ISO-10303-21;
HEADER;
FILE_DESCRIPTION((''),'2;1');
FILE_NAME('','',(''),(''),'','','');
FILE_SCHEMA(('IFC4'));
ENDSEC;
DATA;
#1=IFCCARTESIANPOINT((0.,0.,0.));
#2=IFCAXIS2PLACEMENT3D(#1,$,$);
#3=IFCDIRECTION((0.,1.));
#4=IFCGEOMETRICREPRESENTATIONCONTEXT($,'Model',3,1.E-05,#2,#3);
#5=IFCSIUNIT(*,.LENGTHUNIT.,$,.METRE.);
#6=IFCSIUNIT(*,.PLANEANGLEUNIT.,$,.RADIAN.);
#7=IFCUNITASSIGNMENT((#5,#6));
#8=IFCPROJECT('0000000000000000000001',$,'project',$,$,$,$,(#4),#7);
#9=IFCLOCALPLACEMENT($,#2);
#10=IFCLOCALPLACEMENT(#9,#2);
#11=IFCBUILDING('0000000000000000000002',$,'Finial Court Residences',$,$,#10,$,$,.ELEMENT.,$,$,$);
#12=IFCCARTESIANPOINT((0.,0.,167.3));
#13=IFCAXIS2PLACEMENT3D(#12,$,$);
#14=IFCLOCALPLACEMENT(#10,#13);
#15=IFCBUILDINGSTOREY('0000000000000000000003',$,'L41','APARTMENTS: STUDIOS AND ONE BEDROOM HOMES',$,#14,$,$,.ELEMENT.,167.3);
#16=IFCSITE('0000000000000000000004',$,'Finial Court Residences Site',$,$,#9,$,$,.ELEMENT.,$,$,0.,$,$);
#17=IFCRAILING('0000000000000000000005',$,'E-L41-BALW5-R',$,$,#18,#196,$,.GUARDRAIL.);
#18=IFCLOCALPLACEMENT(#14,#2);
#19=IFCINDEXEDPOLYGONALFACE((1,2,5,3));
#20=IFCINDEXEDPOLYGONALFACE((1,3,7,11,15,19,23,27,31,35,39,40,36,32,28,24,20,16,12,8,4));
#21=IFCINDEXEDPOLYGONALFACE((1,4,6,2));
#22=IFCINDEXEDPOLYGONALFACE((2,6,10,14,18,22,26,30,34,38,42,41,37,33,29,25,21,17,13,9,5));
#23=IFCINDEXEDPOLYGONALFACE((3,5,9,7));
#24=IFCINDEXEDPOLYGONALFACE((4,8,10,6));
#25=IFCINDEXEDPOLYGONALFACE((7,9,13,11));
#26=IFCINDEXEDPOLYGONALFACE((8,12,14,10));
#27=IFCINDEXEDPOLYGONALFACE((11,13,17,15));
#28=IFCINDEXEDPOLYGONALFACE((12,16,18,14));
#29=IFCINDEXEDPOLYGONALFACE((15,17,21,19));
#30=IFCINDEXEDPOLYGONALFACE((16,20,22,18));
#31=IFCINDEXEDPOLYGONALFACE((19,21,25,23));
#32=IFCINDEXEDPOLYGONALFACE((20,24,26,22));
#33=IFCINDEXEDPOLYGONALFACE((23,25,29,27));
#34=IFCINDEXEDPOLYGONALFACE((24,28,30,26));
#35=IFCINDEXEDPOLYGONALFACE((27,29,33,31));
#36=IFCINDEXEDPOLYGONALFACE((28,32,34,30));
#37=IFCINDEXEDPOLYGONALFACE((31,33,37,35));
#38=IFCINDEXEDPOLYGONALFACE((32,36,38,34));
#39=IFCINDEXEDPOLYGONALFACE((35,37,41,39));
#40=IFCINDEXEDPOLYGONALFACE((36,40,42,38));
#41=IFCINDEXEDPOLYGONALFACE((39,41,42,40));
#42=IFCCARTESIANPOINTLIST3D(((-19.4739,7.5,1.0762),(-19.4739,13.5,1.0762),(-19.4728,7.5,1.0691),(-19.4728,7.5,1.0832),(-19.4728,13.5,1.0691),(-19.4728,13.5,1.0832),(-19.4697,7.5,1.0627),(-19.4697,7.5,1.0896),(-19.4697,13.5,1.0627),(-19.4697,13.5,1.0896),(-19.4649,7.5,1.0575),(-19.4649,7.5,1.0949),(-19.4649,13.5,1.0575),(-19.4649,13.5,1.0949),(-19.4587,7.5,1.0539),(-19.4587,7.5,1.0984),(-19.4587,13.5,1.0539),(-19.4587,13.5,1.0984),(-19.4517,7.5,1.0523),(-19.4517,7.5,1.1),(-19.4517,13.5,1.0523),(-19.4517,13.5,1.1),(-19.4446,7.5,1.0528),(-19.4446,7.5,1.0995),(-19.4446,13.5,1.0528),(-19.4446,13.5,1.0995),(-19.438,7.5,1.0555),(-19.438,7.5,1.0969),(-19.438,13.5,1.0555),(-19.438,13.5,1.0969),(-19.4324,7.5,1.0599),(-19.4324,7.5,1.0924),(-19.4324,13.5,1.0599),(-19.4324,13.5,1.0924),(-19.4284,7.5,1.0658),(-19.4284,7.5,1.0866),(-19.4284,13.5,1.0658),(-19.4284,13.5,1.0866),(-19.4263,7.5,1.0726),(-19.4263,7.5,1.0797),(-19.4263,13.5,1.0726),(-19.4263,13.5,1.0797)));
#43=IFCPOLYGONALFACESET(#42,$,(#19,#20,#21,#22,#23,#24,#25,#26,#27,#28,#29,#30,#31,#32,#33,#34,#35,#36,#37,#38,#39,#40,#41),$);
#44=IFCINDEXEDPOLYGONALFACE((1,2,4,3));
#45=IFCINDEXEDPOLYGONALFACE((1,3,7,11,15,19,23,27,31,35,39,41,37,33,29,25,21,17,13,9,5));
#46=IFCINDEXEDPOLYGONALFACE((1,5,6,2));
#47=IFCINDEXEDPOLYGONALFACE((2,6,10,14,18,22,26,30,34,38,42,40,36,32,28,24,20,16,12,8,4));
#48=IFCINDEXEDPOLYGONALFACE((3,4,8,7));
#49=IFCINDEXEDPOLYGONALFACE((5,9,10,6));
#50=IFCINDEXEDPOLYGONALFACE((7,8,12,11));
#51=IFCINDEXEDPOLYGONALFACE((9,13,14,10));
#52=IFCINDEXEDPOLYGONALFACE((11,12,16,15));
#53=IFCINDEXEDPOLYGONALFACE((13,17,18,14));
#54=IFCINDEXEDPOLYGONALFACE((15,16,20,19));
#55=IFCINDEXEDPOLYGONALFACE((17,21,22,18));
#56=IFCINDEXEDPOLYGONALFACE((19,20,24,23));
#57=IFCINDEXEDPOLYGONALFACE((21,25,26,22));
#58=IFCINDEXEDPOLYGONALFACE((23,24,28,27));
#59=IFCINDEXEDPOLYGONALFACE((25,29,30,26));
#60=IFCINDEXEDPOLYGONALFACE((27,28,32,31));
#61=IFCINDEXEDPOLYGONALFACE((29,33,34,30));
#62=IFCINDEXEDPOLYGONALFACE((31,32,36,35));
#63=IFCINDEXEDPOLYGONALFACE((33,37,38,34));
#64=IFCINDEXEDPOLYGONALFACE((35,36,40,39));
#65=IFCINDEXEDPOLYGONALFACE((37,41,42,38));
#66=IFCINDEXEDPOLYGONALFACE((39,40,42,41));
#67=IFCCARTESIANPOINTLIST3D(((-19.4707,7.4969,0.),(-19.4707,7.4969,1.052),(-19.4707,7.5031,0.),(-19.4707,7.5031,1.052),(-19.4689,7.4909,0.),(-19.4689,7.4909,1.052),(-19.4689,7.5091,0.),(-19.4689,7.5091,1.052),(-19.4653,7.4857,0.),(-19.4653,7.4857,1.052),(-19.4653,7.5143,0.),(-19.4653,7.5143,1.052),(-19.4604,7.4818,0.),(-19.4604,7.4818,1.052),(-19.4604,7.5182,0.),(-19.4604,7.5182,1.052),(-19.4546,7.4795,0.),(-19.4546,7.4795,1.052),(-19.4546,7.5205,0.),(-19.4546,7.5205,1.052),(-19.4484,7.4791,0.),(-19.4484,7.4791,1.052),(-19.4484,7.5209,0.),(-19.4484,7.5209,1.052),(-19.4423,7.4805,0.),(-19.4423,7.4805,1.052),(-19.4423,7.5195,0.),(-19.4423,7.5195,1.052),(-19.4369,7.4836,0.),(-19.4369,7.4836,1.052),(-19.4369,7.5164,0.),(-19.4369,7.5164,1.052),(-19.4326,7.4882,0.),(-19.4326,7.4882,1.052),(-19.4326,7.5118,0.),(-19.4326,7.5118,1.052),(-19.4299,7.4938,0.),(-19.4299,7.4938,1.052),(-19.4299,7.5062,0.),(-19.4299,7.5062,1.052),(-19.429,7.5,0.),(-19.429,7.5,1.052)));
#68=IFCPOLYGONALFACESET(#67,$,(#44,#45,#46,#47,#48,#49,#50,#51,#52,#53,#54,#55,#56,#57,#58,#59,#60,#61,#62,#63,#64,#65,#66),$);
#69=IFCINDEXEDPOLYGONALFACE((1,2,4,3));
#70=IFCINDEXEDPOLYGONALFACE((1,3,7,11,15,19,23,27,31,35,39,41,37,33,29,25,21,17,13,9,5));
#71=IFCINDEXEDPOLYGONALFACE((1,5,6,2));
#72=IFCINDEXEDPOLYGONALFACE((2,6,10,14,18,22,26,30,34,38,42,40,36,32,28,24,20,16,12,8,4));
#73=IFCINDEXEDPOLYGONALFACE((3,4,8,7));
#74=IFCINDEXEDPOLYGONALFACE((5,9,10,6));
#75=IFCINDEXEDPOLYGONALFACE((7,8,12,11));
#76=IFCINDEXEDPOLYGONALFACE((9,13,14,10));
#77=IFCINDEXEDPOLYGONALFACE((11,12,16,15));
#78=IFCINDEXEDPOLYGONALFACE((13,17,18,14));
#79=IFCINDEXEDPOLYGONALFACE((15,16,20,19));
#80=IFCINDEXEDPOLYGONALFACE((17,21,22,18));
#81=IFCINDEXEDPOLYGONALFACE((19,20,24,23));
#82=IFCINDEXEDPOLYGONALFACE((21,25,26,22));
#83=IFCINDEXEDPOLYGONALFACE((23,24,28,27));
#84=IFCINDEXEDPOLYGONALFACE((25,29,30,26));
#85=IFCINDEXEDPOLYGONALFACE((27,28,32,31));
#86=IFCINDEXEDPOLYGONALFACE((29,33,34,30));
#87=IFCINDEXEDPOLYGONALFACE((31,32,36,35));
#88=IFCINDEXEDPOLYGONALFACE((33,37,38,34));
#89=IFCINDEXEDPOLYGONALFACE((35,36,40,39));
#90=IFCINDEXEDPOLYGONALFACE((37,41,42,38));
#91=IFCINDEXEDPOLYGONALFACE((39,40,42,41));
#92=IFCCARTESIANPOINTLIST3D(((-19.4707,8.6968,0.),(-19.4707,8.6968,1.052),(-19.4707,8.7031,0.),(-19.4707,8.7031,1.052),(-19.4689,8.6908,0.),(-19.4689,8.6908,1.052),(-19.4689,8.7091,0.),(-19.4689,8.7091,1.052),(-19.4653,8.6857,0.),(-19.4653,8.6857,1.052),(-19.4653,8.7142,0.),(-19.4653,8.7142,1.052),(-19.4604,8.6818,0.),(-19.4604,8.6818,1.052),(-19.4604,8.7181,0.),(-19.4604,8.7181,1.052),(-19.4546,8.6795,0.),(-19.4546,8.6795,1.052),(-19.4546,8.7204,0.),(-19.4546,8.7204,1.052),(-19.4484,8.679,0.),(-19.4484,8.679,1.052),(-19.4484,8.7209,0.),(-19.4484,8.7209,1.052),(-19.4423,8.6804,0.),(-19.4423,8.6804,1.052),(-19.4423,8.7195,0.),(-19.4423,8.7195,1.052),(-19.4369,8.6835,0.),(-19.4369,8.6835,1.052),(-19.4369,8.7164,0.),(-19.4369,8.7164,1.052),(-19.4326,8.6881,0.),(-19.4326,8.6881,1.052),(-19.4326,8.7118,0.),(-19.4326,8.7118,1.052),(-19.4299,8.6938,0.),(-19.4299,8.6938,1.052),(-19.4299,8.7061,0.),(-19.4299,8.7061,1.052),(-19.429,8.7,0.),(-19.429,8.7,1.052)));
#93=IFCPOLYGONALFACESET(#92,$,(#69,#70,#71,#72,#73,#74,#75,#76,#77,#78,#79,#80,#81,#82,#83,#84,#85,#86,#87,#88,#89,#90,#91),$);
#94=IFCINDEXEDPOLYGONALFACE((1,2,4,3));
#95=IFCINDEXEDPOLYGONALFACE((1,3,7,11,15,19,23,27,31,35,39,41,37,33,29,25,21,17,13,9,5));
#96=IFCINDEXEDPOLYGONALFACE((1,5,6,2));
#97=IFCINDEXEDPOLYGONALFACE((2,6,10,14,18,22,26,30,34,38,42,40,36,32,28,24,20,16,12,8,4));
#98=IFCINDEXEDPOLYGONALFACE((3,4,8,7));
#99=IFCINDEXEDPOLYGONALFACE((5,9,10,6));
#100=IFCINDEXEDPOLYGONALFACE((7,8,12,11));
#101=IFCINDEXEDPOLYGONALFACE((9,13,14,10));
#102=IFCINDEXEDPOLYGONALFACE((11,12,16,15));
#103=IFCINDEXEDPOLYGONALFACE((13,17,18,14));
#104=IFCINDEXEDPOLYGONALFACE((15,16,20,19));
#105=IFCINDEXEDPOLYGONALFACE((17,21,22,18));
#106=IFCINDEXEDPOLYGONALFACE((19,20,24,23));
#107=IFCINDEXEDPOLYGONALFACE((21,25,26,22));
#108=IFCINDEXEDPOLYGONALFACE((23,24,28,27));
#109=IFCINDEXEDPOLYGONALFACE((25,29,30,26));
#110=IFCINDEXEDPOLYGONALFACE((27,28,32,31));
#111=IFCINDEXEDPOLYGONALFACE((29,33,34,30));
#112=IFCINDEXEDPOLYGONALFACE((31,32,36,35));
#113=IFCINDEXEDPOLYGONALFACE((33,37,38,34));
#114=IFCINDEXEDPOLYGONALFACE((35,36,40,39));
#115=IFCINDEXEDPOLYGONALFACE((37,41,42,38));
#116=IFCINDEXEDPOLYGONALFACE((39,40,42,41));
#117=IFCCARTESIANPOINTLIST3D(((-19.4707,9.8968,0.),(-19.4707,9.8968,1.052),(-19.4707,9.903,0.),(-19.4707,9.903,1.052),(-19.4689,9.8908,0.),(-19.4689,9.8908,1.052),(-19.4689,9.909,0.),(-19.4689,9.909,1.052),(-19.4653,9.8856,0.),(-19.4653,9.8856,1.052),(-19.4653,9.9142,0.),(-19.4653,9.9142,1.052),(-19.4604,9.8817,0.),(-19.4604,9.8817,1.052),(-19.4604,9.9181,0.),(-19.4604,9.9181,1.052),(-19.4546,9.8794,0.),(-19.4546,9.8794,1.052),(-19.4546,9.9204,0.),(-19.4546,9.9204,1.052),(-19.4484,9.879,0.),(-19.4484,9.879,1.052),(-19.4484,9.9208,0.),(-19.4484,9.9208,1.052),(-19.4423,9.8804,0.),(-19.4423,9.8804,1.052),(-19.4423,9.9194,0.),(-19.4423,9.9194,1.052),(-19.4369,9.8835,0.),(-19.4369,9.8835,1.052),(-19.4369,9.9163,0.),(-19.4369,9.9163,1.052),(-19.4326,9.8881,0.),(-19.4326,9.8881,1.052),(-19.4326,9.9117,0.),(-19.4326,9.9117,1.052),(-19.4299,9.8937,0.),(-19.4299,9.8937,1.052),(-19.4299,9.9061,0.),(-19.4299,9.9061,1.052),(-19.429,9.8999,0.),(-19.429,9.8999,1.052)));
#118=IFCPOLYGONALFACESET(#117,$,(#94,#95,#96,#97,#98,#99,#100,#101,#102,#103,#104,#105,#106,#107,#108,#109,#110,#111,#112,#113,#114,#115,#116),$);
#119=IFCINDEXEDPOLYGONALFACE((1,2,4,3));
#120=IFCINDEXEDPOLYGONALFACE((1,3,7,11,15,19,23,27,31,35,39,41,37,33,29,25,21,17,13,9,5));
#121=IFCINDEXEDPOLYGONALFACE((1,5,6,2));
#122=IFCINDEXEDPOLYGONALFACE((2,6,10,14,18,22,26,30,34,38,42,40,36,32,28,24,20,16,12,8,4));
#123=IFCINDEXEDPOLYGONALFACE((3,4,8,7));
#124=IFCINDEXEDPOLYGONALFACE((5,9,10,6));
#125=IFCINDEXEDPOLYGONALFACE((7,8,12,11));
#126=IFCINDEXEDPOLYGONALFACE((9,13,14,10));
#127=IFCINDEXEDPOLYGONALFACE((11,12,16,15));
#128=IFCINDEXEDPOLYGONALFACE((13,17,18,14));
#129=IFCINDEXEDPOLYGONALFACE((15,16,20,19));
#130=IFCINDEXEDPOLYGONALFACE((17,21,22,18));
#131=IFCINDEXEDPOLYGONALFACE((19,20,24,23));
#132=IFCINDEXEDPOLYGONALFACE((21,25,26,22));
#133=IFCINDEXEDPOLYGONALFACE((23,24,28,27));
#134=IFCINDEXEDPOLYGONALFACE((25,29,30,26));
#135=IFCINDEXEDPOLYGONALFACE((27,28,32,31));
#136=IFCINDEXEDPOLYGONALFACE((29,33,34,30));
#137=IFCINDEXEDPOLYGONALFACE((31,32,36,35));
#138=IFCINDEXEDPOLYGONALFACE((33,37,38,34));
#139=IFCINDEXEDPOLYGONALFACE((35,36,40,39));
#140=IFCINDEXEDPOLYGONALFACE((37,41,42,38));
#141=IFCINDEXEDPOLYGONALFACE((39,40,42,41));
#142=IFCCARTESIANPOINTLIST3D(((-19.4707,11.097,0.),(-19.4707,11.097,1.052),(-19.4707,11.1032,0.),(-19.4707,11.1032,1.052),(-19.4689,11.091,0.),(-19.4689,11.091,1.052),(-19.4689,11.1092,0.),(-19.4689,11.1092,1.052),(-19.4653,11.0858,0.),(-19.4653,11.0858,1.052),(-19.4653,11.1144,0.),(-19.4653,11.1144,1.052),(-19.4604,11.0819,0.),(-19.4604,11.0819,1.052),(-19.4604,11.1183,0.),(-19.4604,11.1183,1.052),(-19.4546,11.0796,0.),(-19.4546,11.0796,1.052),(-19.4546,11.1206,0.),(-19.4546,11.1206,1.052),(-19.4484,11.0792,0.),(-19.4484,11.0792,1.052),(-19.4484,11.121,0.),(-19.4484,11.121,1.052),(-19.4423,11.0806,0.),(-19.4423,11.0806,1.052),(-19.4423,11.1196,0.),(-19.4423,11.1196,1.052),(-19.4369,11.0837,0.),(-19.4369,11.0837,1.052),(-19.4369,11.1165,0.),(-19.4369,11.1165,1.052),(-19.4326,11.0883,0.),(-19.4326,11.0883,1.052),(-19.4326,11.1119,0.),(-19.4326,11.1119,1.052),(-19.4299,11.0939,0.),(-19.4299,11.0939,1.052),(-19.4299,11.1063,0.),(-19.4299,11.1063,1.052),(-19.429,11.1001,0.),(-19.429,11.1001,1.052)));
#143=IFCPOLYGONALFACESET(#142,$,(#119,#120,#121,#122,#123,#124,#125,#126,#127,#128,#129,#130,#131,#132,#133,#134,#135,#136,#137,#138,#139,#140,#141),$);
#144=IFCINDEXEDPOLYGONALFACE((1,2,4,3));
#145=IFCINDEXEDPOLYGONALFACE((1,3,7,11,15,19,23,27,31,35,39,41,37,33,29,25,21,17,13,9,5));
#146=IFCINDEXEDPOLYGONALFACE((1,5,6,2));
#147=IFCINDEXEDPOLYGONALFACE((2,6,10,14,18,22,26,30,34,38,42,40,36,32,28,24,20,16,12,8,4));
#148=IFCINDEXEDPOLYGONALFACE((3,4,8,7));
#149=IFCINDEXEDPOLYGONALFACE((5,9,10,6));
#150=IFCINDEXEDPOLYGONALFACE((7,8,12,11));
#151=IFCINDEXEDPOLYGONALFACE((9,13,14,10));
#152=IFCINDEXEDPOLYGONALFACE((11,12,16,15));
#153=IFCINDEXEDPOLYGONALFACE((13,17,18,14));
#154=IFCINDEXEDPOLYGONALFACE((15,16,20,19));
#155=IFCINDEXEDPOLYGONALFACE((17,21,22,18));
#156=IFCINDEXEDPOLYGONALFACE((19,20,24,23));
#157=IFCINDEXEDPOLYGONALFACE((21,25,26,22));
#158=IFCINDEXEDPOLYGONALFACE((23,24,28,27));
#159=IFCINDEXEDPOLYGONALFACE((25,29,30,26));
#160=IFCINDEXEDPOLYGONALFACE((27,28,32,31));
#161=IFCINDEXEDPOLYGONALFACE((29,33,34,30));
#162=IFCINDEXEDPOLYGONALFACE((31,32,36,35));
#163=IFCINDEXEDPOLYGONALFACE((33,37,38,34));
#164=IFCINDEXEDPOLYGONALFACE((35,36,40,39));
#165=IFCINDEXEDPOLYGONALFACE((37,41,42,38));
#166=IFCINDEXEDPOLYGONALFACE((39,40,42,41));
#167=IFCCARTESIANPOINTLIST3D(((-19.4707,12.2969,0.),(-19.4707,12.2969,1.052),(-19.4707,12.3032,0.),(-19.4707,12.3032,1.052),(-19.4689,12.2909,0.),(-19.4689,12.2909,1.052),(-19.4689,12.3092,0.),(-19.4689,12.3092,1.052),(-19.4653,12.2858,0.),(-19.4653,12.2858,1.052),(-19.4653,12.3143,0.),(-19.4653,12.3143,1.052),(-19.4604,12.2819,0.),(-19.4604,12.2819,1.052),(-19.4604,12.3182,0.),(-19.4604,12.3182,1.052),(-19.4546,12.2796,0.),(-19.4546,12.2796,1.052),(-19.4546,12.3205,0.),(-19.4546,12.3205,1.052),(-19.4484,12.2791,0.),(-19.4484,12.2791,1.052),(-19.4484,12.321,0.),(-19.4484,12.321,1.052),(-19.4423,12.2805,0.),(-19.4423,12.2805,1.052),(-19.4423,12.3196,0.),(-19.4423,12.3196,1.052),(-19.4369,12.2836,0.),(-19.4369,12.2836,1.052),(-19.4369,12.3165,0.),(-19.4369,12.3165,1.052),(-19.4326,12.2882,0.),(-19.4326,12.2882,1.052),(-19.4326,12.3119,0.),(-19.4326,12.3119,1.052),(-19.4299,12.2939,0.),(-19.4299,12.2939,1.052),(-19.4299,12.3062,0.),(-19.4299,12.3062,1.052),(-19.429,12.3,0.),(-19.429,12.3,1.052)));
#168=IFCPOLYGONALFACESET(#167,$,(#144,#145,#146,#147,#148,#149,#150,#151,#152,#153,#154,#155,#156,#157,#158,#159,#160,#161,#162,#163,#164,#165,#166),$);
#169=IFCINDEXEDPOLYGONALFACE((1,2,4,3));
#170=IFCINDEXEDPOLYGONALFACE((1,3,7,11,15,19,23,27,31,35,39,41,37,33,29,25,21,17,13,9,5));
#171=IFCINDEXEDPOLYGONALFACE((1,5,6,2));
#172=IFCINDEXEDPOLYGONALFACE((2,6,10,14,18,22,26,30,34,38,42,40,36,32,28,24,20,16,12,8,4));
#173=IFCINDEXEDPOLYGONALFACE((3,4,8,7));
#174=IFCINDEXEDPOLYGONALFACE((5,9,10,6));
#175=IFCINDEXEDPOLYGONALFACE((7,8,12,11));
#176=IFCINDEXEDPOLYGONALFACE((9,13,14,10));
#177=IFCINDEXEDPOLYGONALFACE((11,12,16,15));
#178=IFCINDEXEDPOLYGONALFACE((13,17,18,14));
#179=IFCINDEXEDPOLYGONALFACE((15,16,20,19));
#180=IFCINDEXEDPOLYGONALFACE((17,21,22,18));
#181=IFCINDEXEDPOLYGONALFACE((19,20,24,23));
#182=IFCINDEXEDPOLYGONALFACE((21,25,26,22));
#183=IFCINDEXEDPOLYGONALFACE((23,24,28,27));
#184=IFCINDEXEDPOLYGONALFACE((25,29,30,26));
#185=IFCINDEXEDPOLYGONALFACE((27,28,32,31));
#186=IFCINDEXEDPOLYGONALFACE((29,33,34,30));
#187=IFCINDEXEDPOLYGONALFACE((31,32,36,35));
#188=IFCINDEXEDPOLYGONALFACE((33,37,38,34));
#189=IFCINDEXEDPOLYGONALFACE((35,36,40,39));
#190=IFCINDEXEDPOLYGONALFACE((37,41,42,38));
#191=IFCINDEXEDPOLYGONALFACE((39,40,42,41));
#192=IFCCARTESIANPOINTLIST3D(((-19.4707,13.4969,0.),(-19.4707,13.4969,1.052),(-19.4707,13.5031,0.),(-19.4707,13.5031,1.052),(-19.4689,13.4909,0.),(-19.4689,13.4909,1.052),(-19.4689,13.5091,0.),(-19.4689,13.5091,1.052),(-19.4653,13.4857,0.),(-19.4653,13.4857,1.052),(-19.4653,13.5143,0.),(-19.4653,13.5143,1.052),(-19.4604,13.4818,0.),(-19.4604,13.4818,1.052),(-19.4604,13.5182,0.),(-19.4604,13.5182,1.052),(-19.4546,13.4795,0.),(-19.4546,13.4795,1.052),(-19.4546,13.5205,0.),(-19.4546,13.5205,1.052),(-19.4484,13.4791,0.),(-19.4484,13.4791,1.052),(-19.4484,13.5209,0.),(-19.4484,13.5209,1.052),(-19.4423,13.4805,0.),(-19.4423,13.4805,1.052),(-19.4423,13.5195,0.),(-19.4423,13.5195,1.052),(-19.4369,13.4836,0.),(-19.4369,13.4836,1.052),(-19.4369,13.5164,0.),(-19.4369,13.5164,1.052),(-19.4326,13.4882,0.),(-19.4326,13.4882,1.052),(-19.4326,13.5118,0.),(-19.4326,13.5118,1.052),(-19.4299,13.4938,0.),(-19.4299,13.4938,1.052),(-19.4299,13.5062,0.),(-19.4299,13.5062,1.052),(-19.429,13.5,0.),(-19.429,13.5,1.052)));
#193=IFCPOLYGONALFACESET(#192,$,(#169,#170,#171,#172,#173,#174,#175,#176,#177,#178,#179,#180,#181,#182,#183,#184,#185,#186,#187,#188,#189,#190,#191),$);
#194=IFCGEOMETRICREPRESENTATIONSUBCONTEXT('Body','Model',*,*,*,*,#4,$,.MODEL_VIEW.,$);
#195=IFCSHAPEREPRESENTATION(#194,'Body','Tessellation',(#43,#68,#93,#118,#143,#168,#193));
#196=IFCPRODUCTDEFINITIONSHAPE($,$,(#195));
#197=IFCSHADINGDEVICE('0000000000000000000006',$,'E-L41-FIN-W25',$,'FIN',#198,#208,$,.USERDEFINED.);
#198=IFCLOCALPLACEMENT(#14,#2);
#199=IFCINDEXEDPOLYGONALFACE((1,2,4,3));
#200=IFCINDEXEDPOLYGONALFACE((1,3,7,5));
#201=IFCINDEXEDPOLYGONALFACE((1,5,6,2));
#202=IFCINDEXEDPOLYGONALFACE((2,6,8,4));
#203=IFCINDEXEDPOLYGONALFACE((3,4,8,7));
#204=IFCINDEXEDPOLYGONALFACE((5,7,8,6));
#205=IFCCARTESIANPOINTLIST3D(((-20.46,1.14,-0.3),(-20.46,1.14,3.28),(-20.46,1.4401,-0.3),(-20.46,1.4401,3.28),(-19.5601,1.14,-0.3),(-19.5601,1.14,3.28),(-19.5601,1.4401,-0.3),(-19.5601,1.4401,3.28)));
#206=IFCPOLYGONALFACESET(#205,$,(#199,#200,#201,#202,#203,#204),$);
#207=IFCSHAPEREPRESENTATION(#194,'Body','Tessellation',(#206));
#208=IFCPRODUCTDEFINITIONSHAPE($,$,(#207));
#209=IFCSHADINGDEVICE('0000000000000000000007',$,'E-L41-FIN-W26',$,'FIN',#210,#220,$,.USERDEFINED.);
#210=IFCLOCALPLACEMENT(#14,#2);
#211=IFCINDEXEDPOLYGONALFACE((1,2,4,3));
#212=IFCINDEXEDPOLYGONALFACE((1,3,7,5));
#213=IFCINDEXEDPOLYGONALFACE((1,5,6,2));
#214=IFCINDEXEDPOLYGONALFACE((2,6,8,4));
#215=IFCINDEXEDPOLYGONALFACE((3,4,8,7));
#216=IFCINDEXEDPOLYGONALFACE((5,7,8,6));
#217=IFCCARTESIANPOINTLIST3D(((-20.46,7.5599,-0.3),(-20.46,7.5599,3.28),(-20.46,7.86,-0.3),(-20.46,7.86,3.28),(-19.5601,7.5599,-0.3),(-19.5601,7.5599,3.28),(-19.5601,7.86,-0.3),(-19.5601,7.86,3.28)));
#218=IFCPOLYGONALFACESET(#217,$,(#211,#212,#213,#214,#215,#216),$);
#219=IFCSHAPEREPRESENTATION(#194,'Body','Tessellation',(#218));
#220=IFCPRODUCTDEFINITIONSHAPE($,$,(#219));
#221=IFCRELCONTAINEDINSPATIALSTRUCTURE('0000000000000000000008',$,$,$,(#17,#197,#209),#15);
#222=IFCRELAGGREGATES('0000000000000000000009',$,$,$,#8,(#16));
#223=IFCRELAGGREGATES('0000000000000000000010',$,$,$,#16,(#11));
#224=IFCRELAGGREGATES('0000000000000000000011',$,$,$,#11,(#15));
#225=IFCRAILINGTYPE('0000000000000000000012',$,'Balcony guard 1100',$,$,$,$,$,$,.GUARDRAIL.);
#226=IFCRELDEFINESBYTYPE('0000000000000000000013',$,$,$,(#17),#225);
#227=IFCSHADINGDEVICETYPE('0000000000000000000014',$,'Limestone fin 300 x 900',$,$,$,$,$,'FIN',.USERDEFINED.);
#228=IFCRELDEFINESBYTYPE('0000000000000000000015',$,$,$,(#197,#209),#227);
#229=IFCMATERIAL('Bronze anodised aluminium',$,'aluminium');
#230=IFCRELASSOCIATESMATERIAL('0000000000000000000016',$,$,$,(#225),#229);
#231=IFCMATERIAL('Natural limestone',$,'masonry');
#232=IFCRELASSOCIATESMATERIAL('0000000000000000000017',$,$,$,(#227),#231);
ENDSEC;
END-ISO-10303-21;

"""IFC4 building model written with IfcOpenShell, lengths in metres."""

from ifc_helpers import new_model, si_unit, direction, frame, origin, origin_2d, place, context, subcontext, project, spatial, rectangle, circle, extrude, material, type_object, element, save


model = new_model("IFC4")

# Units and contexts
model_context = context("Model", 3, precision=1e-05, world=origin(), true_north=direction((0.0, 1.0)))
body_context = subcontext(model_context, "Body", "Model", "MODEL_VIEW")
ifc_project = project(units=[si_unit("LENGTHUNIT", "METRE"), si_unit("PLANEANGLEUNIT", "RADIAN")], contexts=[model_context])

# Site, building, storey
site_placement = place(None, origin())
site = spatial("IfcSite", under=ifc_project, at=site_placement, Name="Finial Court Residences Site", CompositionType="ELEMENT", RefElevation=0.0)
building_placement = place(site_placement, origin())
building = spatial("IfcBuilding", under=site, at=building_placement, Name="Finial Court Residences", CompositionType="ELEMENT")
storey_placement = place(building_placement, frame((0.0, 0.0, 167.3)))
storey = spatial("IfcBuildingStorey", under=building, at=storey_placement, Name="L41", Description="APARTMENTS: STUDIOS AND ONE BEDROOM HOMES", CompositionType="ELEMENT", Elevation=167.3)

# Shared definitions
ifc_material_1 = material(Name="Bronze anodised aluminium", Category="aluminium")

# Shared definitions
ifc_material_2 = material(Name="Natural limestone", Category="masonry")

# Railing
railing_type = type_object("IfcRailingType", Name="Balcony guard 1100", PredefinedType="GUARDRAIL", material=ifc_material_1)
railing_placement = place(storey_placement, frame((-19.45, 7.5, 0.0)))
element("IfcRailing", 1, at=railing_placement, inside=storey, type_object=railing_type, Name="E-L41-BALW5-R", PredefinedType="GUARDRAIL", context=body_context, shape_type="SweptSolid", body=[
    extrude(circle(Radius=0.0239, at=origin_2d()), frame((0.0, 0.0, 1.0762), z_axis=(0.0, 1.0, 0.0), x_axis=(-1.0, 0.0, 0.0)), (0.0, 0.0, 1.0), 6.0),
    extrude(circle(Radius=0.021, at=origin_2d()), origin(), (0.0, 0.0, 1.0), 1.052),
    extrude(circle(Radius=0.021, at=origin_2d()), frame((0.0, 1.2, 0.0)), (0.0, 0.0, 1.0), 1.052),
    extrude(circle(Radius=0.021, at=origin_2d()), frame((0.0, 2.3999, 0.0)), (0.0, 0.0, 1.0), 1.052),
    extrude(circle(Radius=0.021, at=origin_2d()), frame((0.0, 3.6001, 0.0)), (0.0, 0.0, 1.0), 1.052),
    extrude(circle(Radius=0.021, at=origin_2d()), frame((0.0, 4.8, 0.0)), (0.0, 0.0, 1.0), 1.052),
    extrude(circle(Radius=0.021, at=origin_2d()), frame((0.0, 6.0, 0.0)), (0.0, 0.0, 1.0), 1.052),
])

# Shading devices
shading_device_type = type_object("IfcShadingDeviceType", Name="Limestone fin 300 x 900", ElementType="FIN", PredefinedType="USERDEFINED", material=ifc_material_2)
for number, where, z_axis, x_axis, name in (
    (2, (-20.01, 1.29, -0.3), (0.0, 0.0, 1.0), (1.0, 0.0, 0.0), "E-L41-FIN-W25"),
    (3, (-20.01, 7.71, -0.3), (0.0, 0.0, 1.0), (1.0, 0.0, 0.0), "E-L41-FIN-W26"),
):
    element("IfcShadingDevice", number, at=place(storey_placement, frame(where, z_axis=z_axis, x_axis=x_axis)), inside=storey, type_object=shading_device_type, Name=name, ObjectType="FIN", PredefinedType="USERDEFINED", context=body_context, shape_type="SweptSolid", body=[
        extrude(rectangle(XDim=0.8999, YDim=0.3, at=origin_2d()), origin(), (0.0, 0.0, 1.0), 3.5801),
    ])

save(model, "model.ifc")
